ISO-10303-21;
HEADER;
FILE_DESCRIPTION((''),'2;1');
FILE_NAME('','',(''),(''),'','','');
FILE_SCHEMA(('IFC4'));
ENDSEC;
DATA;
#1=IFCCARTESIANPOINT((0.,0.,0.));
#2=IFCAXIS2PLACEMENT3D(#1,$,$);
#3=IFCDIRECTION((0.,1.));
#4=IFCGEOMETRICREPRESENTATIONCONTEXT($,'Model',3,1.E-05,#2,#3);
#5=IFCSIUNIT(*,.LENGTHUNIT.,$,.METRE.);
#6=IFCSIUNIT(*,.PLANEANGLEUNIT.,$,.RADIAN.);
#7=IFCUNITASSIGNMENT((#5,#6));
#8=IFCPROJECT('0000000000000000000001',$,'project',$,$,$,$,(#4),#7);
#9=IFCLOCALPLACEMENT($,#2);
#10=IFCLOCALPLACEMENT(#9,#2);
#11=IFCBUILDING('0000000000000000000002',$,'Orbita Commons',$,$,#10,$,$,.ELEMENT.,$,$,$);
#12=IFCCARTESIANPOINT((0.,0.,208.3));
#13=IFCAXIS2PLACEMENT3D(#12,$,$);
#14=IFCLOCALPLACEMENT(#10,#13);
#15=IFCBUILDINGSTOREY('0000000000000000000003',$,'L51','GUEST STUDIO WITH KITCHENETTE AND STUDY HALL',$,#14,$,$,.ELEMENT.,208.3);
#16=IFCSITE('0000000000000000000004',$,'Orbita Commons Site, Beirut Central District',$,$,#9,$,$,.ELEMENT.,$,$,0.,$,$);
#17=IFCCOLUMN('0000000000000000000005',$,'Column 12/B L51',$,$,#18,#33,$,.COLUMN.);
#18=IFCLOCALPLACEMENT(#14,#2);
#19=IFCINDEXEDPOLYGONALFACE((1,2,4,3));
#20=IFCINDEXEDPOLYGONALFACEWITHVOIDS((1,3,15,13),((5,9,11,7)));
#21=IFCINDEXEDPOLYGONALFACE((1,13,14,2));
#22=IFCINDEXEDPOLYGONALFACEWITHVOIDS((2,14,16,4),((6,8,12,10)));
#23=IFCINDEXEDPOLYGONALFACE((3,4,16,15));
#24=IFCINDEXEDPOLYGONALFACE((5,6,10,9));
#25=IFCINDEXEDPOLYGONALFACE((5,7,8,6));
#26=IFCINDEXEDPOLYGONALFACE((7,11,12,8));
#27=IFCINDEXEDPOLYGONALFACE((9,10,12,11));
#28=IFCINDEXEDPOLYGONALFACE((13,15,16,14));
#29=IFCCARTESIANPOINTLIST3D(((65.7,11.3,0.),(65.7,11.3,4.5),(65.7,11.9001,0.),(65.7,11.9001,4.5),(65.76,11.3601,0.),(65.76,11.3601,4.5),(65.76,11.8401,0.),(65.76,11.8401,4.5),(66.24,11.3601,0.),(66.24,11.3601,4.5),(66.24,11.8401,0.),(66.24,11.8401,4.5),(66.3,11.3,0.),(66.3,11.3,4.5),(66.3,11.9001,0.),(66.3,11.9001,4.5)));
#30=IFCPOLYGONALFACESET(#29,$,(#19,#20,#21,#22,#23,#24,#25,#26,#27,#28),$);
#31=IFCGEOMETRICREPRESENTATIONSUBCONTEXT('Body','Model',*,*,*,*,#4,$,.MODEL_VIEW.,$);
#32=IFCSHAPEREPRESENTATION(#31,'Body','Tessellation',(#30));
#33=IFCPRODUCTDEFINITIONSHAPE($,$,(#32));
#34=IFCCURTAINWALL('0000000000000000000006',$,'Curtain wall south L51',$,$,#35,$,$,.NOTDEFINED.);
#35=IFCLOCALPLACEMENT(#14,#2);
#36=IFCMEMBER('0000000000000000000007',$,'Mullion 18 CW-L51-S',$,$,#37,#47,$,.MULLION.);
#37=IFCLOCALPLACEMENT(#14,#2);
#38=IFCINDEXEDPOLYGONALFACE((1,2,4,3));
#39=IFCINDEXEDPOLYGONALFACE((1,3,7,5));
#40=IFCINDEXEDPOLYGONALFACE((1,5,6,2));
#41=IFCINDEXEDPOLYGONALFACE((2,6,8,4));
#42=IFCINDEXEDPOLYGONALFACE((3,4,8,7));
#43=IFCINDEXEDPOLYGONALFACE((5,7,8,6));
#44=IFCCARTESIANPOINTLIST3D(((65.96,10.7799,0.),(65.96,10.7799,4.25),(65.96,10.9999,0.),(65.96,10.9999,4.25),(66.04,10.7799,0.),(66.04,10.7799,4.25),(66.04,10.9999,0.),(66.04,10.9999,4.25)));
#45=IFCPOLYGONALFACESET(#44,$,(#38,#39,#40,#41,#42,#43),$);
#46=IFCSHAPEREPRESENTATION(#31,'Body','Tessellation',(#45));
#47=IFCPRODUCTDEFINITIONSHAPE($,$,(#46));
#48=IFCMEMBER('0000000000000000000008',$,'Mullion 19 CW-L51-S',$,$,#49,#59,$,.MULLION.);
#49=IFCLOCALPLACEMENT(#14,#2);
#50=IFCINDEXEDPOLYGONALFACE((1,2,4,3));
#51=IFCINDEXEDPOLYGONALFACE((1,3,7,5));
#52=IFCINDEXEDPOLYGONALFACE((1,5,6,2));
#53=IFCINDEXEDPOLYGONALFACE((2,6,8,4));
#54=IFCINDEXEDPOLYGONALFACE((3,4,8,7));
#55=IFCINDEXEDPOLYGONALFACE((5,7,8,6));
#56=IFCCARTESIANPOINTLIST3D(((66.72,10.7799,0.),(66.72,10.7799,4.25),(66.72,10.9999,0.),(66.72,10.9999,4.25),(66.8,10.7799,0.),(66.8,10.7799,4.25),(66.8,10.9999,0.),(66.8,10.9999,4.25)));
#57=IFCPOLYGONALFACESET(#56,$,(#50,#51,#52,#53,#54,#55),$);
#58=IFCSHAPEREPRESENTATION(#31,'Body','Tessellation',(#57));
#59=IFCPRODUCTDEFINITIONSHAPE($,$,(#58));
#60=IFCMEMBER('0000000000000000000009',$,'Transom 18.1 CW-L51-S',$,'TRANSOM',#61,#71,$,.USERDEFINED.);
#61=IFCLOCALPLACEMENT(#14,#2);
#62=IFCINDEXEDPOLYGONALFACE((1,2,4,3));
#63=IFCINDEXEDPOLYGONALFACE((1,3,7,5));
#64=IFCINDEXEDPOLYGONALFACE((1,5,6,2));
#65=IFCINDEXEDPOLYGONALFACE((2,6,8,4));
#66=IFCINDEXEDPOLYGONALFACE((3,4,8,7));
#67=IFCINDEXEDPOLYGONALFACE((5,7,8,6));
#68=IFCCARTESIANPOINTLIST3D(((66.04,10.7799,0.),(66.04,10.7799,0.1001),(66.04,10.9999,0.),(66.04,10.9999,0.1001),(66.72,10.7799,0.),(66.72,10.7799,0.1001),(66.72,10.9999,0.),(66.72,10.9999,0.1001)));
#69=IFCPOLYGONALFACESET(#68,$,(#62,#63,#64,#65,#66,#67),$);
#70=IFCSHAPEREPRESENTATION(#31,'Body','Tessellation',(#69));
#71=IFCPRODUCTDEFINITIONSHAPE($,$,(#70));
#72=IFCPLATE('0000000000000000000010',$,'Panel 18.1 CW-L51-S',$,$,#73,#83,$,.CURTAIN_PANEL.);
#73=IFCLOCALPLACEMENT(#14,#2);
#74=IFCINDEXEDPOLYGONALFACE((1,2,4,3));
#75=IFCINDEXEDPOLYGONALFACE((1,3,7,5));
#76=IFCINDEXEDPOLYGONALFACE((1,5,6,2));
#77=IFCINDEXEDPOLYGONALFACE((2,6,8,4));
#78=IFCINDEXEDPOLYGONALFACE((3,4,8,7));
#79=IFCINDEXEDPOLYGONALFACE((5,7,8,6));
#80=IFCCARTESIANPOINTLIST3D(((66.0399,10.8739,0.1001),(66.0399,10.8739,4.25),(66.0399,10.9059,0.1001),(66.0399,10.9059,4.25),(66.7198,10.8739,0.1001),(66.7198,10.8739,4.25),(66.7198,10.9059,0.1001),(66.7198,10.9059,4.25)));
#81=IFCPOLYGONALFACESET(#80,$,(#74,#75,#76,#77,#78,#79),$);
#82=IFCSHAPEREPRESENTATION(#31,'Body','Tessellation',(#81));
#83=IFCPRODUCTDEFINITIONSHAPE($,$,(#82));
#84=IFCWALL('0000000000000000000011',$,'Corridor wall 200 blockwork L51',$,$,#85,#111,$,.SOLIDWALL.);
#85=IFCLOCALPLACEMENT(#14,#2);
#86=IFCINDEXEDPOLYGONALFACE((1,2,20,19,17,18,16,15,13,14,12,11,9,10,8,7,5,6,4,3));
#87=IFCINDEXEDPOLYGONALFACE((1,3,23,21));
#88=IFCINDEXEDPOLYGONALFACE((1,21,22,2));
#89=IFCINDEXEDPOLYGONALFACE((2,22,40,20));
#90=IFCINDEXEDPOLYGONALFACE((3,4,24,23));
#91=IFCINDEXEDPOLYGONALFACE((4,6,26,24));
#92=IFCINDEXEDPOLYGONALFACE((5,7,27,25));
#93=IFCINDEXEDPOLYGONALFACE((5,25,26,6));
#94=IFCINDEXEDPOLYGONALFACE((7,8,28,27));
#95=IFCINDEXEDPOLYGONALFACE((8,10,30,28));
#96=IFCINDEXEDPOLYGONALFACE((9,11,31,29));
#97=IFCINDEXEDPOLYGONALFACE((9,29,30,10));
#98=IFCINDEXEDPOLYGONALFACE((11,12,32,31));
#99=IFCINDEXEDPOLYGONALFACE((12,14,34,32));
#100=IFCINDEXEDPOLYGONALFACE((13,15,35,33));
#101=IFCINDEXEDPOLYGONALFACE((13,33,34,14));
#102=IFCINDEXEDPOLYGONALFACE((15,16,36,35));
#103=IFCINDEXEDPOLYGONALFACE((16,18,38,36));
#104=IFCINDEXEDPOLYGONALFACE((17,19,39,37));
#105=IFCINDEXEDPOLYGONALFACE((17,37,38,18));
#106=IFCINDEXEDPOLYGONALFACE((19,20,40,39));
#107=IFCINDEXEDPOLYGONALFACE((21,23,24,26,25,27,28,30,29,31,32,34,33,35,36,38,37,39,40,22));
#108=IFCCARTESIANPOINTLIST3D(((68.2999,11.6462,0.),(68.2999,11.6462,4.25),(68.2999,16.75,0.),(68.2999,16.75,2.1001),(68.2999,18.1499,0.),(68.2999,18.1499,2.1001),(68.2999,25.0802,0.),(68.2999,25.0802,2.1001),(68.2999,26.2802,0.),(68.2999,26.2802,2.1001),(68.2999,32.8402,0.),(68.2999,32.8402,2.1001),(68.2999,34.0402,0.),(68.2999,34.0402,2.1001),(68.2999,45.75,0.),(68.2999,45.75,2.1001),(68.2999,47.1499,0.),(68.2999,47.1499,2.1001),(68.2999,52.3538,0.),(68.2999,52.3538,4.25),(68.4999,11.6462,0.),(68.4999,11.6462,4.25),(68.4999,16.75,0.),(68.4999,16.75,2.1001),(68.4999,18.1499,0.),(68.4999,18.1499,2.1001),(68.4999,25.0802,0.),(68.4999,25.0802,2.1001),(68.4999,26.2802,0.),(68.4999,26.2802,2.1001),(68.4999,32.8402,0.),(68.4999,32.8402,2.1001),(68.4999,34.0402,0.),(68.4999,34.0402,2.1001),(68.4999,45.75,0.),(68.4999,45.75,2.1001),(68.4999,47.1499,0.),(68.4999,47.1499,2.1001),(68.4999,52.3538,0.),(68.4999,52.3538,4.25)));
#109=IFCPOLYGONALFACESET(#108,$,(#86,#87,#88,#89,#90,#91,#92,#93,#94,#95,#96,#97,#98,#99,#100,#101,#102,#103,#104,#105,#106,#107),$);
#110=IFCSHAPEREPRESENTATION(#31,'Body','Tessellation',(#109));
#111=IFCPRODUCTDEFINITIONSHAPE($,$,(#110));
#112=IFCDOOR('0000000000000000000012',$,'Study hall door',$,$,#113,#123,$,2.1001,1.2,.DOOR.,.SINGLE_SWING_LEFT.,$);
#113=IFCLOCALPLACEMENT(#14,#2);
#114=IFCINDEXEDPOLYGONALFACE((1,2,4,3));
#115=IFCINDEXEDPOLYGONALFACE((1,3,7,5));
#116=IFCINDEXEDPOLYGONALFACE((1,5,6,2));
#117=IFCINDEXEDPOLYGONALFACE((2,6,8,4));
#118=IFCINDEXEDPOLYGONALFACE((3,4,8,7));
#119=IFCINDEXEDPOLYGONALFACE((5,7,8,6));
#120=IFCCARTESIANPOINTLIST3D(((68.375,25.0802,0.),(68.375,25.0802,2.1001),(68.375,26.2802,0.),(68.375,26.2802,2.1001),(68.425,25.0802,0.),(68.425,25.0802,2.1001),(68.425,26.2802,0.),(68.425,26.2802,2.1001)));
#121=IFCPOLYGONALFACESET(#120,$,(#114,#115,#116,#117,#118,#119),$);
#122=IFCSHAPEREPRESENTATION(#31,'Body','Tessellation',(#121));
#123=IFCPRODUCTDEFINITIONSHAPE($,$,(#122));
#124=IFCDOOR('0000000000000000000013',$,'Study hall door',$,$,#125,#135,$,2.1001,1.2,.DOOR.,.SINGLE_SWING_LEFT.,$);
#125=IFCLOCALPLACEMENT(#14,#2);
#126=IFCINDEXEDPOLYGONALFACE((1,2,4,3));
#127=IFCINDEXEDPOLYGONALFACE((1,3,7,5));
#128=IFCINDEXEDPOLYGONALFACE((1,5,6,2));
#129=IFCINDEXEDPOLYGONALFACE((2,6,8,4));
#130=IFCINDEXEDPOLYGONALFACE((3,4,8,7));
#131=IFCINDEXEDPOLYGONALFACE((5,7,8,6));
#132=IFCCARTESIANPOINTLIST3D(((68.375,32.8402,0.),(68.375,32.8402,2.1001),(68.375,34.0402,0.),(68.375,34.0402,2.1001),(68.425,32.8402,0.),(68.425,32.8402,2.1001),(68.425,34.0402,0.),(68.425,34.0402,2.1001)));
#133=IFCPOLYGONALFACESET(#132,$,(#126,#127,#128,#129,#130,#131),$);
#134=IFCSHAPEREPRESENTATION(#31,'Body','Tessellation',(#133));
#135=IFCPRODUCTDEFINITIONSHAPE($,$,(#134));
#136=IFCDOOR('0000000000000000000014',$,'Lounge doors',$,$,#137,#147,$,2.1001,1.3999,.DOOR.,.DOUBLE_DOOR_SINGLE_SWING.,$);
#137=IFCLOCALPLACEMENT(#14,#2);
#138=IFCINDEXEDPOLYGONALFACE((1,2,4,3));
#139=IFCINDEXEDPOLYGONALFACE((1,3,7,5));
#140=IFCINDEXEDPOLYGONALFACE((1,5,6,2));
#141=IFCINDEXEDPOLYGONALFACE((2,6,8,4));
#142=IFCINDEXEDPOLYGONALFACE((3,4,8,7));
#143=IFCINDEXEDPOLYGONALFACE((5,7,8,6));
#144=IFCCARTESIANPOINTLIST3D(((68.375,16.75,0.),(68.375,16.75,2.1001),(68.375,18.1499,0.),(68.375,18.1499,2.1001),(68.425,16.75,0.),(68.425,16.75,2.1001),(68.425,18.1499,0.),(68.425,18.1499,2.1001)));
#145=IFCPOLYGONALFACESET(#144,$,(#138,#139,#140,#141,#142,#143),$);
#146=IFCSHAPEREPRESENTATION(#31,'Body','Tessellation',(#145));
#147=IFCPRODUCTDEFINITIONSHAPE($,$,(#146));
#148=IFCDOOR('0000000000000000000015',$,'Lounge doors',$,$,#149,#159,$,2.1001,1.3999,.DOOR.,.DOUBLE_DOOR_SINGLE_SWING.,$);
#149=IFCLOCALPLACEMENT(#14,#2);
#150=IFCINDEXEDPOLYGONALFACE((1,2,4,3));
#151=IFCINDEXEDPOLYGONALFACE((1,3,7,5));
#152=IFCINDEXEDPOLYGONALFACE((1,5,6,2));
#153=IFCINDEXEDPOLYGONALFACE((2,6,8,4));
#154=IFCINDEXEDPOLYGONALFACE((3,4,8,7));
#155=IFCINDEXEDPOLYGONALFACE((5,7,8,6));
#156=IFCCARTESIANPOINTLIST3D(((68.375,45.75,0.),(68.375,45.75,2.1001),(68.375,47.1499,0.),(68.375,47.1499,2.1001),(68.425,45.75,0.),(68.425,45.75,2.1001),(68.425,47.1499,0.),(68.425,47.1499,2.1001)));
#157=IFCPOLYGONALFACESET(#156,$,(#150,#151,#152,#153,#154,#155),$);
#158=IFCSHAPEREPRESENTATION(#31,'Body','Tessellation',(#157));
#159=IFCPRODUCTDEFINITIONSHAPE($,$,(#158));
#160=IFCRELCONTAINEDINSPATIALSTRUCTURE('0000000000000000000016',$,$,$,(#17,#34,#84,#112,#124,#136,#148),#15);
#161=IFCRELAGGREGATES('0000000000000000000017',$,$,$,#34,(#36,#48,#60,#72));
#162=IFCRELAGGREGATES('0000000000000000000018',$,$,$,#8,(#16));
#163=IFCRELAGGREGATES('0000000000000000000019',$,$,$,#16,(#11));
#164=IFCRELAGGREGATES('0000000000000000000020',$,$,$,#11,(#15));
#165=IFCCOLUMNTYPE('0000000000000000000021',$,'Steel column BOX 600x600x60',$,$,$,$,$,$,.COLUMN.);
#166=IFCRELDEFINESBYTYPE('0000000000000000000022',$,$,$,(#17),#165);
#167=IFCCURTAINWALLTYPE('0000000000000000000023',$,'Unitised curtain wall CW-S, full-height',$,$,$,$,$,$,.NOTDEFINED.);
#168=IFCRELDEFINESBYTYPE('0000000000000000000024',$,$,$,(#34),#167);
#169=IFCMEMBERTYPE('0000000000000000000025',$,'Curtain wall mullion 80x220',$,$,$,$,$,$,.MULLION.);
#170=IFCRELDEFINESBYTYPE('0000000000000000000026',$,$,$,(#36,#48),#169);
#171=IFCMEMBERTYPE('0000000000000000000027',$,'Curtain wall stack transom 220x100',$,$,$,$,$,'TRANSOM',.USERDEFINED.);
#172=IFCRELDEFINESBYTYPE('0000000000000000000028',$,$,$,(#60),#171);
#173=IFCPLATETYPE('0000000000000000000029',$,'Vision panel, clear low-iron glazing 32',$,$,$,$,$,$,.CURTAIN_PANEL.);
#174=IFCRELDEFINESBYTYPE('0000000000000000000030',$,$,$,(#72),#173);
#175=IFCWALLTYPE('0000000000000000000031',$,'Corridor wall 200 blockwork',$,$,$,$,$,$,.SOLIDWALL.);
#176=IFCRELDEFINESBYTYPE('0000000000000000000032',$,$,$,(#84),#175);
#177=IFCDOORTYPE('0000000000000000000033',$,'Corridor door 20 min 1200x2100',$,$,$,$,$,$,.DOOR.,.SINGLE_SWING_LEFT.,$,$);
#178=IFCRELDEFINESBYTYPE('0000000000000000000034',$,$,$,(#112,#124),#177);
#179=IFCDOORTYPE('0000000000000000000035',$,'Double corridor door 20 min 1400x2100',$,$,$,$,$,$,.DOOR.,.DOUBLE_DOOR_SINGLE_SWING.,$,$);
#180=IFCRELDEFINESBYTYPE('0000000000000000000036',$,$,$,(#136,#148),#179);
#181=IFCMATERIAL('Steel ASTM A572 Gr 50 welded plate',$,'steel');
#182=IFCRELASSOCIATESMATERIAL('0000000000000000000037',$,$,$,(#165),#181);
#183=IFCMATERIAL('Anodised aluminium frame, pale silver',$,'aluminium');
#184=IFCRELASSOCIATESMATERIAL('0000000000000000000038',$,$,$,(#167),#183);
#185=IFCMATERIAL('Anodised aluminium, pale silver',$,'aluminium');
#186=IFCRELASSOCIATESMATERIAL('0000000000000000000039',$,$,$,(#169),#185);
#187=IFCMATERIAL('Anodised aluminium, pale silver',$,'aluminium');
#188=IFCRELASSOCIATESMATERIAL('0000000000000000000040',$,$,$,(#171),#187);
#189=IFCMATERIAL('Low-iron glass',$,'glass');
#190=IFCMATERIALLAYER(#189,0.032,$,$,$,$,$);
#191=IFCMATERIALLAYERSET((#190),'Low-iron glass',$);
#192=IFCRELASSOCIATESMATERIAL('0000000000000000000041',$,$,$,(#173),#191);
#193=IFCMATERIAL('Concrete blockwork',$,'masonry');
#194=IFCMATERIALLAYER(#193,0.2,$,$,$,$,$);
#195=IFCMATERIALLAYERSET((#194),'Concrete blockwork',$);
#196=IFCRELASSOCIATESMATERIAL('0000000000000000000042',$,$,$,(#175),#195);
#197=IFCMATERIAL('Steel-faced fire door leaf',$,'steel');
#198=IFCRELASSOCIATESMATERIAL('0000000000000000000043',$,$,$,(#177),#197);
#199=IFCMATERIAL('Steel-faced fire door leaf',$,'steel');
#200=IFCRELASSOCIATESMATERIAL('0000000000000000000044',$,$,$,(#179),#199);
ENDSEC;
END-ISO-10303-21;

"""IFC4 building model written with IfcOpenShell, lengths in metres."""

from ifc_helpers import new_model, si_unit, direction, frame, frame_2d, origin, origin_2d, place, context, subcontext, project, spatial, rectangle, hollow_rectangle, extrude, material, layer, layer_set, material_profile, profile_set, type_object, element, fill, aggregate, save


model = new_model("IFC4")

# Units and contexts
model_context = context("Model", 3, precision=1e-05, world=origin(), true_north=direction((0.0, 1.0)))
body_context = subcontext(model_context, "Body", "Model", "MODEL_VIEW")
ifc_project = project(units=[si_unit("LENGTHUNIT", "METRE"), si_unit("PLANEANGLEUNIT", "RADIAN")], contexts=[model_context])

# Site, building, storey
site_placement = place(None, origin())
site = spatial("IfcSite", under=ifc_project, at=site_placement, Name="Orbita Commons Site, Beirut Central District", CompositionType="ELEMENT", RefElevation=0.0)
building_placement = place(site_placement, origin())
building = spatial("IfcBuilding", under=site, at=building_placement, Name="Orbita Commons", CompositionType="ELEMENT")
storey_placement = place(building_placement, frame((0.0, 0.0, 208.3)))
storey = spatial("IfcBuildingStorey", under=building, at=storey_placement, Name="L51", Description="GUEST STUDIO WITH KITCHENETTE AND STUDY HALL", CompositionType="ELEMENT", Elevation=208.3)

# Column
ifc_material_1 = material(Name="Steel ASTM A572 Gr 50 welded plate", Category="steel")
ifc_material_profile_1 = material_profile(ifc_material_1, hollow_rectangle(XDim=0.6001, YDim=0.6001, WallThickness=0.0601, at=origin_2d()), Name="BOX 600x600x60")
ifc_profile_set_1 = profile_set([ifc_material_profile_1], Name="Steel ASTM A572 Gr 50 welded plate")
column_type = type_object("IfcColumnType", Name="Steel column BOX 600x600x60", PredefinedType="COLUMN", material=ifc_profile_set_1)
column_placement = place(storey_placement, frame((66.0, 11.6001, 0.0), z_axis=(0.0, 0.0, 1.0), x_axis=(1.0, 0.0, 0.0)))
element("IfcColumn", 1, at=column_placement, inside=storey, type_object=column_type, Name="Column 12/B L51", PredefinedType="COLUMN", context=body_context, shape_type="SweptSolid", body=[
    extrude(hollow_rectangle(XDim=0.6001, YDim=0.6001, WallThickness=0.0601, at=origin_2d()), origin(), (0.0, 0.0, 1.0), 4.5),
])

# Curtain wall, members, plate
ifc_material_2 = material(Name="Anodised aluminium frame, pale silver", Category="aluminium")
curtain_wall_type = type_object("IfcCurtainWallType", Name="Unitised curtain wall CW-S, full-height", PredefinedType="NOTDEFINED", material=ifc_material_2)
curtain_wall_placement = place(storey_placement, origin())
curtain_wall = element("IfcCurtainWall", 2, at=curtain_wall_placement, inside=storey, type_object=curtain_wall_type, Name="Curtain wall south L51", PredefinedType="NOTDEFINED")
ifc_material_3 = material(Name="Anodised aluminium, pale silver", Category="aluminium")
ifc_material_profile_2 = material_profile(ifc_material_3, rectangle(XDim=0.0801, YDim=0.22, at=origin_2d()), Name="AL 80x220")
ifc_profile_set_2 = profile_set([ifc_material_profile_2], Name="Anodised aluminium, pale silver")
member_type_1 = type_object("IfcMemberType", Name="Curtain wall mullion 80x220", PredefinedType="MULLION", material=ifc_profile_set_2)
member_1_placement = place(storey_placement, frame((66.0, 10.8899, 0.0), z_axis=(0.0, 0.0, 1.0), x_axis=(1.0, 0.0, 0.0)))
member_1 = element("IfcMember", 3, at=member_1_placement, type_object=member_type_1, Name="Mullion 18 CW-L51-S", PredefinedType="MULLION", context=body_context, shape_type="SweptSolid", body=[
    extrude(rectangle(XDim=0.0801, YDim=0.22, at=origin_2d()), origin(), (0.0, 0.0, 1.0), 4.25),
])
member_2_placement = place(storey_placement, frame((66.76, 10.8899, 0.0), z_axis=(0.0, 0.0, 1.0), x_axis=(1.0, 0.0, 0.0)))
member_2 = element("IfcMember", 4, at=member_2_placement, type_object=member_type_1, Name="Mullion 19 CW-L51-S", PredefinedType="MULLION", context=body_context, shape_type="SweptSolid", body=[
    extrude(rectangle(XDim=0.0801, YDim=0.22, at=origin_2d()), origin(), (0.0, 0.0, 1.0), 4.25),
])
ifc_material_4 = material(Name="Anodised aluminium, pale silver", Category="aluminium")
ifc_material_profile_3 = material_profile(ifc_material_4, rectangle(XDim=0.22, YDim=0.1001, at=origin_2d()), Name="AL 220x100")
ifc_profile_set_3 = profile_set([ifc_material_profile_3], Name="Anodised aluminium, pale silver")
member_type_2 = type_object("IfcMemberType", Name="Curtain wall stack transom 220x100", ElementType="TRANSOM", PredefinedType="USERDEFINED", material=ifc_profile_set_3)
member_3_placement = place(storey_placement, frame((66.04, 10.8899, 0.05), z_axis=(1.0, 0.0, 0.0), x_axis=(0.0, 1.0, 0.0)))
member_3 = element("IfcMember", 5, at=member_3_placement, type_object=member_type_2, Name="Transom 18.1 CW-L51-S", ObjectType="TRANSOM", PredefinedType="USERDEFINED", context=body_context, shape_type="SweptSolid", body=[
    extrude(rectangle(XDim=0.22, YDim=0.1001, at=origin_2d()), origin(), (0.0, 0.0, 1.0), 0.6799),
])
ifc_material_5 = material(Name="Low-iron glass", Category="glass")
ifc_layer_1 = layer(ifc_material_5, 0.032)
ifc_layer_set_1 = layer_set([ifc_layer_1], Name="Low-iron glass")
plate_type = type_object("IfcPlateType", Name="Vision panel, clear low-iron glazing 32", PredefinedType="CURTAIN_PANEL", material=ifc_layer_set_1)
plate_placement = place(storey_placement, frame((66.3799, 10.8899, 0.1001), z_axis=(0.0, 0.0, 1.0), x_axis=(1.0, 0.0, 0.0)))
plate = element("IfcPlate", 6, at=plate_placement, type_object=plate_type, Name="Panel 18.1 CW-L51-S", PredefinedType="CURTAIN_PANEL", context=body_context, shape_type="SweptSolid", body=[
    extrude(rectangle(XDim=0.6799, YDim=0.032, at=origin_2d()), origin(), (0.0, 0.0, 1.0), 4.1499),
])
aggregate(curtain_wall, [member_1, member_2, member_3, plate])

# Wall, openings, doors
ifc_material_6 = material(Name="Concrete blockwork", Category="masonry")
ifc_layer_2 = layer(ifc_material_6, 0.2)
ifc_layer_set_2 = layer_set([ifc_layer_2], Name="Concrete blockwork")
wall_type_1 = type_object("IfcWallType", Name="Corridor wall 200 blockwork", PredefinedType="SOLIDWALL", material=ifc_layer_set_2)
wall_1_placement = place(storey_placement, frame((68.3999, 11.6462, 0.0), z_axis=(0.0, 0.0, 1.0), x_axis=(0.0, 1.0, 0.0)))
wall_1 = element("IfcWall", 7, at=wall_1_placement, inside=storey, type_object=wall_type_1, Name="Corridor wall 200 blockwork L51", PredefinedType="SOLIDWALL", context=body_context, shape_type="SweptSolid", body=[
    extrude(rectangle(XDim=40.7075, YDim=0.2, at=frame_2d((20.3538, 0.0))), origin(), (0.0, 0.0, 1.0), 4.25),
])
opening_1_placement = place(wall_1_placement, frame((13.4338, 0.0, 0.0)))
opening_1 = element("IfcOpeningElement", 8, at=opening_1_placement, cuts=wall_1, PredefinedType="OPENING", context=body_context, shape_type="SweptSolid", body=[
    extrude(rectangle(XDim=1.2, YDim=2.1001, at=frame_2d((0.6001, 1.05))), frame((0.0, 0.1099, 0.0), z_axis=(0.0, -1.0, 0.0), x_axis=(1.0, 0.0, 0.0)), (0.0, 0.0, 1.0), 0.22),
])
opening_2_placement = place(wall_1_placement, frame((21.1938, 0.0, 0.0)))
opening_2 = element("IfcOpeningElement", 9, at=opening_2_placement, cuts=wall_1, PredefinedType="OPENING", context=body_context, shape_type="SweptSolid", body=[
    extrude(rectangle(XDim=1.2, YDim=2.1001, at=frame_2d((0.6001, 1.05))), frame((0.0, 0.1099, 0.0), z_axis=(0.0, -1.0, 0.0), x_axis=(1.0, 0.0, 0.0)), (0.0, 0.0, 1.0), 0.22),
])
opening_3_placement = place(wall_1_placement, frame((5.1038, 0.0, 0.0)))
opening_3 = element("IfcOpeningElement", 10, at=opening_3_placement, cuts=wall_1, PredefinedType="OPENING", context=body_context, shape_type="SweptSolid", body=[
    extrude(rectangle(XDim=1.3999, YDim=2.1001, at=frame_2d((0.7, 1.05))), frame((0.0, 0.1099, 0.0), z_axis=(0.0, -1.0, 0.0), x_axis=(1.0, 0.0, 0.0)), (0.0, 0.0, 1.0), 0.22),
])
opening_4_placement = place(wall_1_placement, frame((34.1038, 0.0, 0.0)))
opening_4 = element("IfcOpeningElement", 11, at=opening_4_placement, cuts=wall_1, PredefinedType="OPENING", context=body_context, shape_type="SweptSolid", body=[
    extrude(rectangle(XDim=1.3999, YDim=2.1001, at=frame_2d((0.7, 1.05))), frame((0.0, 0.1099, 0.0), z_axis=(0.0, -1.0, 0.0), x_axis=(1.0, 0.0, 0.0)), (0.0, 0.0, 1.0), 0.22),
])
ifc_material_7 = material(Name="Steel-faced fire door leaf", Category="steel")
door_type_1 = type_object("IfcDoorType", Name="Corridor door 20 min 1200x2100", OperationType="SINGLE_SWING_LEFT", PredefinedType="DOOR", material=ifc_material_7)
door_1_placement = place(opening_1_placement, origin())
door_1 = element("IfcDoor", 12, at=door_1_placement, inside=storey, type_object=door_type_1, Name="Study hall door", OperationType="SINGLE_SWING_LEFT", OverallHeight=2.1001, OverallWidth=1.2, PredefinedType="DOOR", context=body_context, shape_type="SweptSolid", body=[
    extrude(rectangle(XDim=1.2, YDim=2.1001, at=frame_2d((0.6001, 1.05))), frame((0.0, 0.0249, 0.0), z_axis=(0.0, -1.0, 0.0), x_axis=(1.0, 0.0, 0.0)), (0.0, 0.0, 1.0), 0.05),
])
fill(opening_1, door_1)
door_2_placement = place(opening_2_placement, origin())
door_2 = element("IfcDoor", 13, at=door_2_placement, inside=storey, type_object=door_type_1, Name="Study hall door", OperationType="SINGLE_SWING_LEFT", OverallHeight=2.1001, OverallWidth=1.2, PredefinedType="DOOR", context=body_context, shape_type="SweptSolid", body=[
    extrude(rectangle(XDim=1.2, YDim=2.1001, at=frame_2d((0.6001, 1.05))), frame((0.0, 0.0249, 0.0), z_axis=(0.0, -1.0, 0.0), x_axis=(1.0, 0.0, 0.0)), (0.0, 0.0, 1.0), 0.05),
])
fill(opening_2, door_2)
ifc_material_8 = material(Name="Steel-faced fire door leaf", Category="steel")
door_type_2 = type_object("IfcDoorType", Name="Double corridor door 20 min 1400x2100", OperationType="DOUBLE_DOOR_SINGLE_SWING", PredefinedType="DOOR", material=ifc_material_8)
door_3_placement = place(opening_3_placement, origin())
door_3 = element("IfcDoor", 14, at=door_3_placement, inside=storey, type_object=door_type_2, Name="Lounge doors", OperationType="DOUBLE_DOOR_SINGLE_SWING", OverallHeight=2.1001, OverallWidth=1.3999, PredefinedType="DOOR", context=body_context, shape_type="SweptSolid", body=[
    extrude(rectangle(XDim=1.3999, YDim=2.1001, at=frame_2d((0.7, 1.05))), frame((0.0, 0.0249, 0.0), z_axis=(0.0, -1.0, 0.0), x_axis=(1.0, 0.0, 0.0)), (0.0, 0.0, 1.0), 0.05),
])
fill(opening_3, door_3)
door_4_placement = place(opening_4_placement, origin())
door_4 = element("IfcDoor", 15, at=door_4_placement, inside=storey, type_object=door_type_2, Name="Lounge doors", OperationType="DOUBLE_DOOR_SINGLE_SWING", OverallHeight=2.1001, OverallWidth=1.3999, PredefinedType="DOOR", context=body_context, shape_type="SweptSolid", body=[
    extrude(rectangle(XDim=1.3999, YDim=2.1001, at=frame_2d((0.7, 1.05))), frame((0.0, 0.0249, 0.0), z_axis=(0.0, -1.0, 0.0), x_axis=(1.0, 0.0, 0.0)), (0.0, 0.0, 1.0), 0.05),
])
fill(opening_4, door_4)

save(model, "model.ifc")
